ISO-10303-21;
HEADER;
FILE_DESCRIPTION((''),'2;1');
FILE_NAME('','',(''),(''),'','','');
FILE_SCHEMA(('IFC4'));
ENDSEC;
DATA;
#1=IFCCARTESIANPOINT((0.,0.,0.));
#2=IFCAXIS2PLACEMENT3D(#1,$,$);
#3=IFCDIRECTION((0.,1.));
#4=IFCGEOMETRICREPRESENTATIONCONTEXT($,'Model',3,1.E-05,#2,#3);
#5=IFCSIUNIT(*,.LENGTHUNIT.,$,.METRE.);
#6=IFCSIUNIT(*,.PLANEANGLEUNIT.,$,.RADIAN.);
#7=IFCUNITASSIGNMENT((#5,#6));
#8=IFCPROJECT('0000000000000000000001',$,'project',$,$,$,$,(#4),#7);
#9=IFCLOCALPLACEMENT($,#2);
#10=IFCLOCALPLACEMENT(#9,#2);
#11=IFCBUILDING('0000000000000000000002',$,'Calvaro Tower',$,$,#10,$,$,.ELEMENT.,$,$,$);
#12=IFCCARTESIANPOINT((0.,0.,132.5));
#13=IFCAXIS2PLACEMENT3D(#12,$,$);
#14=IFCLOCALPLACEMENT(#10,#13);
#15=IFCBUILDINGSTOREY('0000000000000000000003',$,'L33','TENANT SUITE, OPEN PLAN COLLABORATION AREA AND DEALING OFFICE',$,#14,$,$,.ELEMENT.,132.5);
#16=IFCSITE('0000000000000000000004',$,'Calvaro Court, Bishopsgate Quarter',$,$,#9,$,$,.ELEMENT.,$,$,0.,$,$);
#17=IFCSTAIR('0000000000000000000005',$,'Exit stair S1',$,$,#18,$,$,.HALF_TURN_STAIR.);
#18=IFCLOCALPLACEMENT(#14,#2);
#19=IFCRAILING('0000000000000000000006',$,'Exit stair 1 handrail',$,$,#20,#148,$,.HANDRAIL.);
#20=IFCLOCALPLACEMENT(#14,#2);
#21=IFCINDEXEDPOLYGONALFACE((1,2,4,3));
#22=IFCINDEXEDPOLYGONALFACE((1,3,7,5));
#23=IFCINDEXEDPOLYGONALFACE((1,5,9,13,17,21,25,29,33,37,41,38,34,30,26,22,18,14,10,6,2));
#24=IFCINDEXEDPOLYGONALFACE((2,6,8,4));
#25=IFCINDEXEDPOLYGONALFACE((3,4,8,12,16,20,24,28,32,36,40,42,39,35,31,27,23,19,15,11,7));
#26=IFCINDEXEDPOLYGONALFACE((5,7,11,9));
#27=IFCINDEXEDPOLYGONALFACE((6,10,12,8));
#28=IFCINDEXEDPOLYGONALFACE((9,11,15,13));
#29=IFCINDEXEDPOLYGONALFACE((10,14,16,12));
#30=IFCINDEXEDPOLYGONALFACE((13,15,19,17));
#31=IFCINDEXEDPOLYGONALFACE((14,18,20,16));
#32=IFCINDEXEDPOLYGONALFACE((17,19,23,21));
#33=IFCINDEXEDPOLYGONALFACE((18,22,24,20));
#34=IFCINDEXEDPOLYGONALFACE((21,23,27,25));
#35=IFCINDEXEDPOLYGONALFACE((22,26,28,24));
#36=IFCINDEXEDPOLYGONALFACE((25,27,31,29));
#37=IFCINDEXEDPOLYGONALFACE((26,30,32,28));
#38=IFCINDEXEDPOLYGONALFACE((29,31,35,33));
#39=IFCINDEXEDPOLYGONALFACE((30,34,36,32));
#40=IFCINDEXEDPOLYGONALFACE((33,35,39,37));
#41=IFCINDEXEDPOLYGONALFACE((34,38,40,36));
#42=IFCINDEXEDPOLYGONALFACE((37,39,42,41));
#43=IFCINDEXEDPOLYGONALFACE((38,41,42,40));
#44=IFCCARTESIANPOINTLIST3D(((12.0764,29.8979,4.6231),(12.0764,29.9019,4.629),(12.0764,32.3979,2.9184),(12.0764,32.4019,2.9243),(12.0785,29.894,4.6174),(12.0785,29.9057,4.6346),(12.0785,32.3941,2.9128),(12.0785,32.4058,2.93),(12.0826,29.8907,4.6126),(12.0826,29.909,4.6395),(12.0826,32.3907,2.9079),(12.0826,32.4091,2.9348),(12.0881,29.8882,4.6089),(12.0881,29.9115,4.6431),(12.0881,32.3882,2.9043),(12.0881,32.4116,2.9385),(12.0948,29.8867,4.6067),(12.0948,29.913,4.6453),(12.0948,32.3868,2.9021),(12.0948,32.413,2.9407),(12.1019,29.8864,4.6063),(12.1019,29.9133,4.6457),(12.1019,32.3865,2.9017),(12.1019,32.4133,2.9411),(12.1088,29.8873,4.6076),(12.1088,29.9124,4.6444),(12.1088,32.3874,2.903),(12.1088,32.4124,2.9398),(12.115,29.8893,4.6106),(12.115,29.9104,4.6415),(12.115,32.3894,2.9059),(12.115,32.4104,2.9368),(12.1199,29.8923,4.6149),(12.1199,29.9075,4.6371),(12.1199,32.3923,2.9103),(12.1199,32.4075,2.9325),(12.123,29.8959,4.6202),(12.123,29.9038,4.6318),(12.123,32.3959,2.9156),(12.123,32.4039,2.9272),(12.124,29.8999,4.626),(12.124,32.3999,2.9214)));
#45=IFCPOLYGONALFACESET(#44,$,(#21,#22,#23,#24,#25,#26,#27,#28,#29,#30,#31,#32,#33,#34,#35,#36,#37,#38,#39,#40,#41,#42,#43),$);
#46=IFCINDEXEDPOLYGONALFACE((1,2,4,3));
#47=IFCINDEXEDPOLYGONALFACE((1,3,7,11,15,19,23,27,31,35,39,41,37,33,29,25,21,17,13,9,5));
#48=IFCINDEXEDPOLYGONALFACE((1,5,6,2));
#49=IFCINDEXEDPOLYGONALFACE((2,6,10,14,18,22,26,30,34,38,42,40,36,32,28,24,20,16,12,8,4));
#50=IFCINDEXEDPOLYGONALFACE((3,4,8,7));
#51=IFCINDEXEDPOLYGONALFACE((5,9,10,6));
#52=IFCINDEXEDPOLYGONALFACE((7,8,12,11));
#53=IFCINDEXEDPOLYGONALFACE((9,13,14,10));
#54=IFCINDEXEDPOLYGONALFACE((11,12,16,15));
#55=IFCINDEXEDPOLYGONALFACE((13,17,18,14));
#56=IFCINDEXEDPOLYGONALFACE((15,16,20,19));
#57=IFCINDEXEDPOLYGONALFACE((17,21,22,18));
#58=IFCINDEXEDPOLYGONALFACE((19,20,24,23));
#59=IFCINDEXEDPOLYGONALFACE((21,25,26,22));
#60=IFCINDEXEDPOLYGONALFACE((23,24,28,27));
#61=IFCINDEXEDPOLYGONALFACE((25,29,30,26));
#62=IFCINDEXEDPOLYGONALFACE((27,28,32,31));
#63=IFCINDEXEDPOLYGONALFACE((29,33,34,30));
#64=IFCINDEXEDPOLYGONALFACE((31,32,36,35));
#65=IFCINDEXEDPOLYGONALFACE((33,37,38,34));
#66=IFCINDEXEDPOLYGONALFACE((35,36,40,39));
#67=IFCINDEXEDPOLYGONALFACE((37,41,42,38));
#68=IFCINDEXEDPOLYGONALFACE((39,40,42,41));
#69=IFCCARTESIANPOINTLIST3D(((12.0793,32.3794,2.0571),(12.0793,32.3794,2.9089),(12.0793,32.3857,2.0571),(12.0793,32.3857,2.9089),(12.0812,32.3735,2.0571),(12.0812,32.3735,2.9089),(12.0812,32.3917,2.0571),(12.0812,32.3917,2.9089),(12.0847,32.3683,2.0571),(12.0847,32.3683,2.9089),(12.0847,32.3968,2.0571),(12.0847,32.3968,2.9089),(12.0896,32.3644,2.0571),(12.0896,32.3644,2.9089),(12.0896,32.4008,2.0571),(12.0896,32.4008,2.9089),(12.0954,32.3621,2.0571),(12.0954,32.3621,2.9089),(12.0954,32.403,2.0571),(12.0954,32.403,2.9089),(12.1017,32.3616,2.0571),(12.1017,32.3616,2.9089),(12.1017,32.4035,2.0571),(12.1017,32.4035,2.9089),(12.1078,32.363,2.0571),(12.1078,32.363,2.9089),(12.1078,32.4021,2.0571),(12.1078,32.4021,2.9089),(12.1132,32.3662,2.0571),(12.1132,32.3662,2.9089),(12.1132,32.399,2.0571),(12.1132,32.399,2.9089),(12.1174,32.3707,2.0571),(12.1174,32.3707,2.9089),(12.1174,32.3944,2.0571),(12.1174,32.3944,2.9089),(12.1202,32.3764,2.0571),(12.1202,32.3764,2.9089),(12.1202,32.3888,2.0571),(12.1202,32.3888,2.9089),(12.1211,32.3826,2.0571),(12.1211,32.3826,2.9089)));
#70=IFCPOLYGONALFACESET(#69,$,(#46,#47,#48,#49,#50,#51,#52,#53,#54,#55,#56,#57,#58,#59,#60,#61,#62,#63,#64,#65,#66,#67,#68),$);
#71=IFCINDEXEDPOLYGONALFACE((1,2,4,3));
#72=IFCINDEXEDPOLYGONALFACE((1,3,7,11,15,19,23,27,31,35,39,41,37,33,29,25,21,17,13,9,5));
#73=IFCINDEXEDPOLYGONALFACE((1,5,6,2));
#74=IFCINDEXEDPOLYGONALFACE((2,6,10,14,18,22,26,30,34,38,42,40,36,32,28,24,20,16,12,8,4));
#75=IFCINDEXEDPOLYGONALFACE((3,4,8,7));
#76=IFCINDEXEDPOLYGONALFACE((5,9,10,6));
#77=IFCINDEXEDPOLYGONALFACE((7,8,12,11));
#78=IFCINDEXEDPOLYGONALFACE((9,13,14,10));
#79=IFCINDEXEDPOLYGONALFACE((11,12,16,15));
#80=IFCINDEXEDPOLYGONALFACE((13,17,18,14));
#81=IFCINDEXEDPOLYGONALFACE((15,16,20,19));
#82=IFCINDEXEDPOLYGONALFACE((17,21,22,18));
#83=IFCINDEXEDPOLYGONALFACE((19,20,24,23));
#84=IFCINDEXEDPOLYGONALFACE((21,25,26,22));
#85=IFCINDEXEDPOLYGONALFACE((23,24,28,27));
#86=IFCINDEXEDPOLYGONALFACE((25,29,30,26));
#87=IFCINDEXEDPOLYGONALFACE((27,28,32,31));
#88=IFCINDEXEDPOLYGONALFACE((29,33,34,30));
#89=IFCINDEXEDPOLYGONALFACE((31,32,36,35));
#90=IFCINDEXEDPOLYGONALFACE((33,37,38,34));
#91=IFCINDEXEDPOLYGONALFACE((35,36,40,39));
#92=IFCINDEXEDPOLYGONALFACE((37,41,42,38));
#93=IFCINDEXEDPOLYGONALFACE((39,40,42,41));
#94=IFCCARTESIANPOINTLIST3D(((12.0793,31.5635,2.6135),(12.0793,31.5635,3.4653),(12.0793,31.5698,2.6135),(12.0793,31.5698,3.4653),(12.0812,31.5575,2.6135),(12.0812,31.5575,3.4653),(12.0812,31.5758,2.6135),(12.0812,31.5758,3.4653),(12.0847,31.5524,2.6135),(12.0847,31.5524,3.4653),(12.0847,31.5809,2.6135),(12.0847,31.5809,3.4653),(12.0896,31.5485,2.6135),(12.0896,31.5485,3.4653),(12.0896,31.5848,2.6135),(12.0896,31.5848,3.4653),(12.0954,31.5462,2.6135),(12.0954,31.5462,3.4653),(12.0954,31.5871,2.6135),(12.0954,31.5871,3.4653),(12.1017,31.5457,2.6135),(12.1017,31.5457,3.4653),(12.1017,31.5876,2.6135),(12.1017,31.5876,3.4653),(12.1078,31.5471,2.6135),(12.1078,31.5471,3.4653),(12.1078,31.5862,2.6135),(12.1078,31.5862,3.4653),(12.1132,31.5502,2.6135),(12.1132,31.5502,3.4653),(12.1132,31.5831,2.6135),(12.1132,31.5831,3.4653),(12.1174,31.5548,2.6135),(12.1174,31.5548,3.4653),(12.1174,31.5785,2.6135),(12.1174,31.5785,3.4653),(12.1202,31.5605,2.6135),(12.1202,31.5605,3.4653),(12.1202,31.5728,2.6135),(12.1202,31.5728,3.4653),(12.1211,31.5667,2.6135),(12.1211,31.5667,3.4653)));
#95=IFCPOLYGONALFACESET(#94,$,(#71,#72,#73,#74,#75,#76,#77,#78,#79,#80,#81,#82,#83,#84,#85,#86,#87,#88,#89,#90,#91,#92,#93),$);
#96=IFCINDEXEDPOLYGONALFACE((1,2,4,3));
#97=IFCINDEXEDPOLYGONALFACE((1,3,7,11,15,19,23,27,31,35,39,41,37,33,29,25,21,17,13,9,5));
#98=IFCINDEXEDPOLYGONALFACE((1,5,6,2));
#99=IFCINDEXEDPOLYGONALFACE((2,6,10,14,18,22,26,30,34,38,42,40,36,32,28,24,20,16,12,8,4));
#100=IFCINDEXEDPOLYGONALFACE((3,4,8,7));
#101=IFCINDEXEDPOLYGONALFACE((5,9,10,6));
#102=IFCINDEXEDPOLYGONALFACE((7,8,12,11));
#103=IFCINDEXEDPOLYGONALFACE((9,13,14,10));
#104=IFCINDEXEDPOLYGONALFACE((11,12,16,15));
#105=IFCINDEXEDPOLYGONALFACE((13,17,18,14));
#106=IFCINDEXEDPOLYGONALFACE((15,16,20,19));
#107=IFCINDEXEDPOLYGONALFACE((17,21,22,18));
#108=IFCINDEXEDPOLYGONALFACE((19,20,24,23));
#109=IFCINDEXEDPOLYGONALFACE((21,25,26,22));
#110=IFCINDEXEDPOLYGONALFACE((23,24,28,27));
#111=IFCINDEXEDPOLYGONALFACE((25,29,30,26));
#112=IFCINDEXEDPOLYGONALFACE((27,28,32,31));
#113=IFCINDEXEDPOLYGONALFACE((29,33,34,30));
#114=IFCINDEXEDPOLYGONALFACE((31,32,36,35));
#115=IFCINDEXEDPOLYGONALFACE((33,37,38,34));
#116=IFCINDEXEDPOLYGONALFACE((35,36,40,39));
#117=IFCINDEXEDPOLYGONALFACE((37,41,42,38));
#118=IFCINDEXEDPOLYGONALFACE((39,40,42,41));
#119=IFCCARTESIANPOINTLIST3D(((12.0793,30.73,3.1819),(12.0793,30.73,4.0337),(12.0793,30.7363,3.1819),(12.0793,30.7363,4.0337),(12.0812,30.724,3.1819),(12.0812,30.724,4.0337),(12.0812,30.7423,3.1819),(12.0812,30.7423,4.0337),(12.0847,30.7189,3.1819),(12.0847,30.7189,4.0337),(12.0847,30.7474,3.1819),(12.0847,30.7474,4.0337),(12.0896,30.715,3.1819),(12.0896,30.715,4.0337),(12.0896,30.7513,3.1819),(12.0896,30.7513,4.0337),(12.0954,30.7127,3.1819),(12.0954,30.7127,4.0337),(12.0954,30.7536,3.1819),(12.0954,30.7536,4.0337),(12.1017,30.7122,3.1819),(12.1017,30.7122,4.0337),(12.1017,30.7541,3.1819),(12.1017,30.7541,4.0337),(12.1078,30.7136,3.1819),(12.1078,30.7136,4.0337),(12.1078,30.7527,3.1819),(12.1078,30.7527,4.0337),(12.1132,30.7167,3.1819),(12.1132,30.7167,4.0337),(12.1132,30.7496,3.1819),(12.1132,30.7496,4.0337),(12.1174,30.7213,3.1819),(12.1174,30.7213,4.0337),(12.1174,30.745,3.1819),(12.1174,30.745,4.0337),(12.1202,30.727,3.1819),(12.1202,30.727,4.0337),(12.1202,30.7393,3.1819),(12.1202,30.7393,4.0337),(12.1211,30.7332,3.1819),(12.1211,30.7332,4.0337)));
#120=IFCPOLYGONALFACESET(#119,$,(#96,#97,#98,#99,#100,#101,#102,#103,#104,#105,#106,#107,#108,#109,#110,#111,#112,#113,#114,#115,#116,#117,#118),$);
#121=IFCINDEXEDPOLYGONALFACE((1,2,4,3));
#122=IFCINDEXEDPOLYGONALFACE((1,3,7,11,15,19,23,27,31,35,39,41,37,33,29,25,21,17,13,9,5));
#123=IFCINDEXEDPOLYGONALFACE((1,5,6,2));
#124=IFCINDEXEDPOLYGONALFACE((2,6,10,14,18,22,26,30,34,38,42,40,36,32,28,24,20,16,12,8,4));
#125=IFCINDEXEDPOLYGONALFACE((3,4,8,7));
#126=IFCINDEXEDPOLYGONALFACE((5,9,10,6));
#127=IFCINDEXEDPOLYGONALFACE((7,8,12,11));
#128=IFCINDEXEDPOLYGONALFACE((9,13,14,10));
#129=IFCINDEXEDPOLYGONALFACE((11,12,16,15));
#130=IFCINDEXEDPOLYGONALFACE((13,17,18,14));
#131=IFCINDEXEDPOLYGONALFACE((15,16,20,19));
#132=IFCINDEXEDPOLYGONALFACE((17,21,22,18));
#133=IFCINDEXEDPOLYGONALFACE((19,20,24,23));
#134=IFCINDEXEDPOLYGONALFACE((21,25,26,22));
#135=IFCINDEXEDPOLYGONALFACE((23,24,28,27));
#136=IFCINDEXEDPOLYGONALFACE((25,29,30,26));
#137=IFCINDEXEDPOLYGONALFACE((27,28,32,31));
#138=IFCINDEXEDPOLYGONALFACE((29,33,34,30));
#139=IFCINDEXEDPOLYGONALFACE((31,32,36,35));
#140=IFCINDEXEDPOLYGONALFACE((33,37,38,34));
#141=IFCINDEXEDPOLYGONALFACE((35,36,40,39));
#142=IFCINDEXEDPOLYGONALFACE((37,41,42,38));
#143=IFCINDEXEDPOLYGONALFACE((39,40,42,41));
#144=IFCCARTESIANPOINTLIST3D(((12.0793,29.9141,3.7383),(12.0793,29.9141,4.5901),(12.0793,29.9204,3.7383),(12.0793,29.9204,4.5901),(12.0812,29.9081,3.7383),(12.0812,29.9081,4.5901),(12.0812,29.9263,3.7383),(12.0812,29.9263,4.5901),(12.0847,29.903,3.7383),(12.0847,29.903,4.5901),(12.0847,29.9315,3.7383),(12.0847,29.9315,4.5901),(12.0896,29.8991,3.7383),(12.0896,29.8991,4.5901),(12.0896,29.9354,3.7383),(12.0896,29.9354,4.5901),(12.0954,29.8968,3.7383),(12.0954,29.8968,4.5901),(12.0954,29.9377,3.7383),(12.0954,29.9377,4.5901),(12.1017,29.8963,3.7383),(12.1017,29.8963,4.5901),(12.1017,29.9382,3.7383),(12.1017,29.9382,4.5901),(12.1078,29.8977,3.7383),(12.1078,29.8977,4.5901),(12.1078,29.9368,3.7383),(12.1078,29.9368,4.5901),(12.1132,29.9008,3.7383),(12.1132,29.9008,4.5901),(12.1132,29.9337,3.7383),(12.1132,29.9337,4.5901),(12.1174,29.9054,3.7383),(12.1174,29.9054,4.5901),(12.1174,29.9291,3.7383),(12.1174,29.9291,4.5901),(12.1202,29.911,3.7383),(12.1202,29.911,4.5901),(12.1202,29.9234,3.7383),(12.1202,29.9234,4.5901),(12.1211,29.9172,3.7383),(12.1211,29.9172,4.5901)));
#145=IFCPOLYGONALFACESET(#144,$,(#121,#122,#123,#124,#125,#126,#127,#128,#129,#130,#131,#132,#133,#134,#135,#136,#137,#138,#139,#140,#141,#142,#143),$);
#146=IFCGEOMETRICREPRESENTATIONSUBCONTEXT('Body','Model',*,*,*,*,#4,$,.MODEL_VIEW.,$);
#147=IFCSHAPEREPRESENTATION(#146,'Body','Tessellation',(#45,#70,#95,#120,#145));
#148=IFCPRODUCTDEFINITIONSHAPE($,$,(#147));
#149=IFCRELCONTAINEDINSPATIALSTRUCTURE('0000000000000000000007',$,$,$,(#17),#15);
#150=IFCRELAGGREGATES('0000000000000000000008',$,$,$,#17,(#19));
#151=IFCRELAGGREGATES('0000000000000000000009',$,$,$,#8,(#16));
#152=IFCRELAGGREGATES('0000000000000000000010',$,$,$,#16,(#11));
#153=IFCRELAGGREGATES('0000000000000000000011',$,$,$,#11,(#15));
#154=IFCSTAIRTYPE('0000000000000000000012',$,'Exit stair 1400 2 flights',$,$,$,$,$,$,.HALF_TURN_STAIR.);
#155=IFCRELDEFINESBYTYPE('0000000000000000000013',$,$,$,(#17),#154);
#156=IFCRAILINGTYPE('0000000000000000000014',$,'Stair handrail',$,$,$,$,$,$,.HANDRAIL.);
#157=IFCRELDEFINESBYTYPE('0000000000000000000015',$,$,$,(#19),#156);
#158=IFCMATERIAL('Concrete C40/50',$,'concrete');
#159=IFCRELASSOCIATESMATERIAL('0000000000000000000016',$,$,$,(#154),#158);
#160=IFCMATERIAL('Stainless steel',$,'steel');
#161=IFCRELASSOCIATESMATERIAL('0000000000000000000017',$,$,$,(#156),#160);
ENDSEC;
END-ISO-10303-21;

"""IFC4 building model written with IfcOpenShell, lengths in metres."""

from ifc_helpers import new_model, si_unit, direction, frame, origin, origin_2d, place, context, subcontext, project, spatial, circle, extrude, material, type_object, element, aggregate, save


model = new_model("IFC4")

# Units and contexts
model_context = context("Model", 3, precision=1e-05, world=origin(), true_north=direction((0.0, 1.0)))
body_context = subcontext(model_context, "Body", "Model", "MODEL_VIEW")
ifc_project = project(units=[si_unit("LENGTHUNIT", "METRE"), si_unit("PLANEANGLEUNIT", "RADIAN")], contexts=[model_context])

# Site, building, storey
site_placement = place(None, origin())
site = spatial("IfcSite", under=ifc_project, at=site_placement, Name="Calvaro Court, Bishopsgate Quarter", CompositionType="ELEMENT", RefElevation=0.0)
building_placement = place(site_placement, origin())
building = spatial("IfcBuilding", under=site, at=building_placement, Name="Calvaro Tower", CompositionType="ELEMENT")
storey_placement = place(building_placement, frame((0.0, 0.0, 132.5)))
storey = spatial("IfcBuildingStorey", under=building, at=storey_placement, Name="L33", Description="TENANT SUITE, OPEN PLAN COLLABORATION AREA AND DEALING OFFICE", CompositionType="ELEMENT", Elevation=132.5)

# Stair, railing
ifc_material_1 = material(Name="Concrete C40/50", Category="concrete")
stair_type = type_object("IfcStairType", Name="Exit stair 1400 2 flights", PredefinedType="HALF_TURN_STAIR", material=ifc_material_1)
stair_placement = place(storey_placement, origin())
stair = element("IfcStair", 1, at=stair_placement, inside=storey, type_object=stair_type, Name="Exit stair S1", PredefinedType="HALF_TURN_STAIR")
ifc_material_2 = material(Name="Stainless steel", Category="steel")
railing_type = type_object("IfcRailingType", Name="Stair handrail", PredefinedType="HANDRAIL", material=ifc_material_2)
railing_1_placement = place(storey_placement, frame((12.1001, 32.3999, 2.0454)))
railing_1 = element("IfcRailing", 2, at=railing_1_placement, type_object=railing_type, Name="Exit stair 1 handrail", PredefinedType="HANDRAIL", context=body_context, shape_type="SweptSolid", body=[
    extrude(circle(Radius=0.0239, at=origin_2d()), frame((0.0, 0.0, 0.876), z_axis=(0.0, -0.826221, 0.563347), x_axis=(1.0, 0.0, 0.0)), (0.0, 0.0, 1.0), 3.0259),
    extrude(circle(Radius=0.021, at=origin_2d()), frame((0.0, -0.0173, 0.0117)), (0.0, 0.0, 1.0), 0.8518),
    extrude(circle(Radius=0.021, at=origin_2d()), frame((0.0, -0.8333, 0.5681)), (0.0, 0.0, 1.0), 0.8518),
    extrude(circle(Radius=0.021, at=origin_2d()), frame((0.0, -1.6667, 1.1365)), (0.0, 0.0, 1.0), 0.8518),
    extrude(circle(Radius=0.021, at=origin_2d()), frame((0.0, -2.4827, 1.6929)), (0.0, 0.0, 1.0), 0.8518),
])
aggregate(stair, [railing_1])

save(model, "model.ifc")
